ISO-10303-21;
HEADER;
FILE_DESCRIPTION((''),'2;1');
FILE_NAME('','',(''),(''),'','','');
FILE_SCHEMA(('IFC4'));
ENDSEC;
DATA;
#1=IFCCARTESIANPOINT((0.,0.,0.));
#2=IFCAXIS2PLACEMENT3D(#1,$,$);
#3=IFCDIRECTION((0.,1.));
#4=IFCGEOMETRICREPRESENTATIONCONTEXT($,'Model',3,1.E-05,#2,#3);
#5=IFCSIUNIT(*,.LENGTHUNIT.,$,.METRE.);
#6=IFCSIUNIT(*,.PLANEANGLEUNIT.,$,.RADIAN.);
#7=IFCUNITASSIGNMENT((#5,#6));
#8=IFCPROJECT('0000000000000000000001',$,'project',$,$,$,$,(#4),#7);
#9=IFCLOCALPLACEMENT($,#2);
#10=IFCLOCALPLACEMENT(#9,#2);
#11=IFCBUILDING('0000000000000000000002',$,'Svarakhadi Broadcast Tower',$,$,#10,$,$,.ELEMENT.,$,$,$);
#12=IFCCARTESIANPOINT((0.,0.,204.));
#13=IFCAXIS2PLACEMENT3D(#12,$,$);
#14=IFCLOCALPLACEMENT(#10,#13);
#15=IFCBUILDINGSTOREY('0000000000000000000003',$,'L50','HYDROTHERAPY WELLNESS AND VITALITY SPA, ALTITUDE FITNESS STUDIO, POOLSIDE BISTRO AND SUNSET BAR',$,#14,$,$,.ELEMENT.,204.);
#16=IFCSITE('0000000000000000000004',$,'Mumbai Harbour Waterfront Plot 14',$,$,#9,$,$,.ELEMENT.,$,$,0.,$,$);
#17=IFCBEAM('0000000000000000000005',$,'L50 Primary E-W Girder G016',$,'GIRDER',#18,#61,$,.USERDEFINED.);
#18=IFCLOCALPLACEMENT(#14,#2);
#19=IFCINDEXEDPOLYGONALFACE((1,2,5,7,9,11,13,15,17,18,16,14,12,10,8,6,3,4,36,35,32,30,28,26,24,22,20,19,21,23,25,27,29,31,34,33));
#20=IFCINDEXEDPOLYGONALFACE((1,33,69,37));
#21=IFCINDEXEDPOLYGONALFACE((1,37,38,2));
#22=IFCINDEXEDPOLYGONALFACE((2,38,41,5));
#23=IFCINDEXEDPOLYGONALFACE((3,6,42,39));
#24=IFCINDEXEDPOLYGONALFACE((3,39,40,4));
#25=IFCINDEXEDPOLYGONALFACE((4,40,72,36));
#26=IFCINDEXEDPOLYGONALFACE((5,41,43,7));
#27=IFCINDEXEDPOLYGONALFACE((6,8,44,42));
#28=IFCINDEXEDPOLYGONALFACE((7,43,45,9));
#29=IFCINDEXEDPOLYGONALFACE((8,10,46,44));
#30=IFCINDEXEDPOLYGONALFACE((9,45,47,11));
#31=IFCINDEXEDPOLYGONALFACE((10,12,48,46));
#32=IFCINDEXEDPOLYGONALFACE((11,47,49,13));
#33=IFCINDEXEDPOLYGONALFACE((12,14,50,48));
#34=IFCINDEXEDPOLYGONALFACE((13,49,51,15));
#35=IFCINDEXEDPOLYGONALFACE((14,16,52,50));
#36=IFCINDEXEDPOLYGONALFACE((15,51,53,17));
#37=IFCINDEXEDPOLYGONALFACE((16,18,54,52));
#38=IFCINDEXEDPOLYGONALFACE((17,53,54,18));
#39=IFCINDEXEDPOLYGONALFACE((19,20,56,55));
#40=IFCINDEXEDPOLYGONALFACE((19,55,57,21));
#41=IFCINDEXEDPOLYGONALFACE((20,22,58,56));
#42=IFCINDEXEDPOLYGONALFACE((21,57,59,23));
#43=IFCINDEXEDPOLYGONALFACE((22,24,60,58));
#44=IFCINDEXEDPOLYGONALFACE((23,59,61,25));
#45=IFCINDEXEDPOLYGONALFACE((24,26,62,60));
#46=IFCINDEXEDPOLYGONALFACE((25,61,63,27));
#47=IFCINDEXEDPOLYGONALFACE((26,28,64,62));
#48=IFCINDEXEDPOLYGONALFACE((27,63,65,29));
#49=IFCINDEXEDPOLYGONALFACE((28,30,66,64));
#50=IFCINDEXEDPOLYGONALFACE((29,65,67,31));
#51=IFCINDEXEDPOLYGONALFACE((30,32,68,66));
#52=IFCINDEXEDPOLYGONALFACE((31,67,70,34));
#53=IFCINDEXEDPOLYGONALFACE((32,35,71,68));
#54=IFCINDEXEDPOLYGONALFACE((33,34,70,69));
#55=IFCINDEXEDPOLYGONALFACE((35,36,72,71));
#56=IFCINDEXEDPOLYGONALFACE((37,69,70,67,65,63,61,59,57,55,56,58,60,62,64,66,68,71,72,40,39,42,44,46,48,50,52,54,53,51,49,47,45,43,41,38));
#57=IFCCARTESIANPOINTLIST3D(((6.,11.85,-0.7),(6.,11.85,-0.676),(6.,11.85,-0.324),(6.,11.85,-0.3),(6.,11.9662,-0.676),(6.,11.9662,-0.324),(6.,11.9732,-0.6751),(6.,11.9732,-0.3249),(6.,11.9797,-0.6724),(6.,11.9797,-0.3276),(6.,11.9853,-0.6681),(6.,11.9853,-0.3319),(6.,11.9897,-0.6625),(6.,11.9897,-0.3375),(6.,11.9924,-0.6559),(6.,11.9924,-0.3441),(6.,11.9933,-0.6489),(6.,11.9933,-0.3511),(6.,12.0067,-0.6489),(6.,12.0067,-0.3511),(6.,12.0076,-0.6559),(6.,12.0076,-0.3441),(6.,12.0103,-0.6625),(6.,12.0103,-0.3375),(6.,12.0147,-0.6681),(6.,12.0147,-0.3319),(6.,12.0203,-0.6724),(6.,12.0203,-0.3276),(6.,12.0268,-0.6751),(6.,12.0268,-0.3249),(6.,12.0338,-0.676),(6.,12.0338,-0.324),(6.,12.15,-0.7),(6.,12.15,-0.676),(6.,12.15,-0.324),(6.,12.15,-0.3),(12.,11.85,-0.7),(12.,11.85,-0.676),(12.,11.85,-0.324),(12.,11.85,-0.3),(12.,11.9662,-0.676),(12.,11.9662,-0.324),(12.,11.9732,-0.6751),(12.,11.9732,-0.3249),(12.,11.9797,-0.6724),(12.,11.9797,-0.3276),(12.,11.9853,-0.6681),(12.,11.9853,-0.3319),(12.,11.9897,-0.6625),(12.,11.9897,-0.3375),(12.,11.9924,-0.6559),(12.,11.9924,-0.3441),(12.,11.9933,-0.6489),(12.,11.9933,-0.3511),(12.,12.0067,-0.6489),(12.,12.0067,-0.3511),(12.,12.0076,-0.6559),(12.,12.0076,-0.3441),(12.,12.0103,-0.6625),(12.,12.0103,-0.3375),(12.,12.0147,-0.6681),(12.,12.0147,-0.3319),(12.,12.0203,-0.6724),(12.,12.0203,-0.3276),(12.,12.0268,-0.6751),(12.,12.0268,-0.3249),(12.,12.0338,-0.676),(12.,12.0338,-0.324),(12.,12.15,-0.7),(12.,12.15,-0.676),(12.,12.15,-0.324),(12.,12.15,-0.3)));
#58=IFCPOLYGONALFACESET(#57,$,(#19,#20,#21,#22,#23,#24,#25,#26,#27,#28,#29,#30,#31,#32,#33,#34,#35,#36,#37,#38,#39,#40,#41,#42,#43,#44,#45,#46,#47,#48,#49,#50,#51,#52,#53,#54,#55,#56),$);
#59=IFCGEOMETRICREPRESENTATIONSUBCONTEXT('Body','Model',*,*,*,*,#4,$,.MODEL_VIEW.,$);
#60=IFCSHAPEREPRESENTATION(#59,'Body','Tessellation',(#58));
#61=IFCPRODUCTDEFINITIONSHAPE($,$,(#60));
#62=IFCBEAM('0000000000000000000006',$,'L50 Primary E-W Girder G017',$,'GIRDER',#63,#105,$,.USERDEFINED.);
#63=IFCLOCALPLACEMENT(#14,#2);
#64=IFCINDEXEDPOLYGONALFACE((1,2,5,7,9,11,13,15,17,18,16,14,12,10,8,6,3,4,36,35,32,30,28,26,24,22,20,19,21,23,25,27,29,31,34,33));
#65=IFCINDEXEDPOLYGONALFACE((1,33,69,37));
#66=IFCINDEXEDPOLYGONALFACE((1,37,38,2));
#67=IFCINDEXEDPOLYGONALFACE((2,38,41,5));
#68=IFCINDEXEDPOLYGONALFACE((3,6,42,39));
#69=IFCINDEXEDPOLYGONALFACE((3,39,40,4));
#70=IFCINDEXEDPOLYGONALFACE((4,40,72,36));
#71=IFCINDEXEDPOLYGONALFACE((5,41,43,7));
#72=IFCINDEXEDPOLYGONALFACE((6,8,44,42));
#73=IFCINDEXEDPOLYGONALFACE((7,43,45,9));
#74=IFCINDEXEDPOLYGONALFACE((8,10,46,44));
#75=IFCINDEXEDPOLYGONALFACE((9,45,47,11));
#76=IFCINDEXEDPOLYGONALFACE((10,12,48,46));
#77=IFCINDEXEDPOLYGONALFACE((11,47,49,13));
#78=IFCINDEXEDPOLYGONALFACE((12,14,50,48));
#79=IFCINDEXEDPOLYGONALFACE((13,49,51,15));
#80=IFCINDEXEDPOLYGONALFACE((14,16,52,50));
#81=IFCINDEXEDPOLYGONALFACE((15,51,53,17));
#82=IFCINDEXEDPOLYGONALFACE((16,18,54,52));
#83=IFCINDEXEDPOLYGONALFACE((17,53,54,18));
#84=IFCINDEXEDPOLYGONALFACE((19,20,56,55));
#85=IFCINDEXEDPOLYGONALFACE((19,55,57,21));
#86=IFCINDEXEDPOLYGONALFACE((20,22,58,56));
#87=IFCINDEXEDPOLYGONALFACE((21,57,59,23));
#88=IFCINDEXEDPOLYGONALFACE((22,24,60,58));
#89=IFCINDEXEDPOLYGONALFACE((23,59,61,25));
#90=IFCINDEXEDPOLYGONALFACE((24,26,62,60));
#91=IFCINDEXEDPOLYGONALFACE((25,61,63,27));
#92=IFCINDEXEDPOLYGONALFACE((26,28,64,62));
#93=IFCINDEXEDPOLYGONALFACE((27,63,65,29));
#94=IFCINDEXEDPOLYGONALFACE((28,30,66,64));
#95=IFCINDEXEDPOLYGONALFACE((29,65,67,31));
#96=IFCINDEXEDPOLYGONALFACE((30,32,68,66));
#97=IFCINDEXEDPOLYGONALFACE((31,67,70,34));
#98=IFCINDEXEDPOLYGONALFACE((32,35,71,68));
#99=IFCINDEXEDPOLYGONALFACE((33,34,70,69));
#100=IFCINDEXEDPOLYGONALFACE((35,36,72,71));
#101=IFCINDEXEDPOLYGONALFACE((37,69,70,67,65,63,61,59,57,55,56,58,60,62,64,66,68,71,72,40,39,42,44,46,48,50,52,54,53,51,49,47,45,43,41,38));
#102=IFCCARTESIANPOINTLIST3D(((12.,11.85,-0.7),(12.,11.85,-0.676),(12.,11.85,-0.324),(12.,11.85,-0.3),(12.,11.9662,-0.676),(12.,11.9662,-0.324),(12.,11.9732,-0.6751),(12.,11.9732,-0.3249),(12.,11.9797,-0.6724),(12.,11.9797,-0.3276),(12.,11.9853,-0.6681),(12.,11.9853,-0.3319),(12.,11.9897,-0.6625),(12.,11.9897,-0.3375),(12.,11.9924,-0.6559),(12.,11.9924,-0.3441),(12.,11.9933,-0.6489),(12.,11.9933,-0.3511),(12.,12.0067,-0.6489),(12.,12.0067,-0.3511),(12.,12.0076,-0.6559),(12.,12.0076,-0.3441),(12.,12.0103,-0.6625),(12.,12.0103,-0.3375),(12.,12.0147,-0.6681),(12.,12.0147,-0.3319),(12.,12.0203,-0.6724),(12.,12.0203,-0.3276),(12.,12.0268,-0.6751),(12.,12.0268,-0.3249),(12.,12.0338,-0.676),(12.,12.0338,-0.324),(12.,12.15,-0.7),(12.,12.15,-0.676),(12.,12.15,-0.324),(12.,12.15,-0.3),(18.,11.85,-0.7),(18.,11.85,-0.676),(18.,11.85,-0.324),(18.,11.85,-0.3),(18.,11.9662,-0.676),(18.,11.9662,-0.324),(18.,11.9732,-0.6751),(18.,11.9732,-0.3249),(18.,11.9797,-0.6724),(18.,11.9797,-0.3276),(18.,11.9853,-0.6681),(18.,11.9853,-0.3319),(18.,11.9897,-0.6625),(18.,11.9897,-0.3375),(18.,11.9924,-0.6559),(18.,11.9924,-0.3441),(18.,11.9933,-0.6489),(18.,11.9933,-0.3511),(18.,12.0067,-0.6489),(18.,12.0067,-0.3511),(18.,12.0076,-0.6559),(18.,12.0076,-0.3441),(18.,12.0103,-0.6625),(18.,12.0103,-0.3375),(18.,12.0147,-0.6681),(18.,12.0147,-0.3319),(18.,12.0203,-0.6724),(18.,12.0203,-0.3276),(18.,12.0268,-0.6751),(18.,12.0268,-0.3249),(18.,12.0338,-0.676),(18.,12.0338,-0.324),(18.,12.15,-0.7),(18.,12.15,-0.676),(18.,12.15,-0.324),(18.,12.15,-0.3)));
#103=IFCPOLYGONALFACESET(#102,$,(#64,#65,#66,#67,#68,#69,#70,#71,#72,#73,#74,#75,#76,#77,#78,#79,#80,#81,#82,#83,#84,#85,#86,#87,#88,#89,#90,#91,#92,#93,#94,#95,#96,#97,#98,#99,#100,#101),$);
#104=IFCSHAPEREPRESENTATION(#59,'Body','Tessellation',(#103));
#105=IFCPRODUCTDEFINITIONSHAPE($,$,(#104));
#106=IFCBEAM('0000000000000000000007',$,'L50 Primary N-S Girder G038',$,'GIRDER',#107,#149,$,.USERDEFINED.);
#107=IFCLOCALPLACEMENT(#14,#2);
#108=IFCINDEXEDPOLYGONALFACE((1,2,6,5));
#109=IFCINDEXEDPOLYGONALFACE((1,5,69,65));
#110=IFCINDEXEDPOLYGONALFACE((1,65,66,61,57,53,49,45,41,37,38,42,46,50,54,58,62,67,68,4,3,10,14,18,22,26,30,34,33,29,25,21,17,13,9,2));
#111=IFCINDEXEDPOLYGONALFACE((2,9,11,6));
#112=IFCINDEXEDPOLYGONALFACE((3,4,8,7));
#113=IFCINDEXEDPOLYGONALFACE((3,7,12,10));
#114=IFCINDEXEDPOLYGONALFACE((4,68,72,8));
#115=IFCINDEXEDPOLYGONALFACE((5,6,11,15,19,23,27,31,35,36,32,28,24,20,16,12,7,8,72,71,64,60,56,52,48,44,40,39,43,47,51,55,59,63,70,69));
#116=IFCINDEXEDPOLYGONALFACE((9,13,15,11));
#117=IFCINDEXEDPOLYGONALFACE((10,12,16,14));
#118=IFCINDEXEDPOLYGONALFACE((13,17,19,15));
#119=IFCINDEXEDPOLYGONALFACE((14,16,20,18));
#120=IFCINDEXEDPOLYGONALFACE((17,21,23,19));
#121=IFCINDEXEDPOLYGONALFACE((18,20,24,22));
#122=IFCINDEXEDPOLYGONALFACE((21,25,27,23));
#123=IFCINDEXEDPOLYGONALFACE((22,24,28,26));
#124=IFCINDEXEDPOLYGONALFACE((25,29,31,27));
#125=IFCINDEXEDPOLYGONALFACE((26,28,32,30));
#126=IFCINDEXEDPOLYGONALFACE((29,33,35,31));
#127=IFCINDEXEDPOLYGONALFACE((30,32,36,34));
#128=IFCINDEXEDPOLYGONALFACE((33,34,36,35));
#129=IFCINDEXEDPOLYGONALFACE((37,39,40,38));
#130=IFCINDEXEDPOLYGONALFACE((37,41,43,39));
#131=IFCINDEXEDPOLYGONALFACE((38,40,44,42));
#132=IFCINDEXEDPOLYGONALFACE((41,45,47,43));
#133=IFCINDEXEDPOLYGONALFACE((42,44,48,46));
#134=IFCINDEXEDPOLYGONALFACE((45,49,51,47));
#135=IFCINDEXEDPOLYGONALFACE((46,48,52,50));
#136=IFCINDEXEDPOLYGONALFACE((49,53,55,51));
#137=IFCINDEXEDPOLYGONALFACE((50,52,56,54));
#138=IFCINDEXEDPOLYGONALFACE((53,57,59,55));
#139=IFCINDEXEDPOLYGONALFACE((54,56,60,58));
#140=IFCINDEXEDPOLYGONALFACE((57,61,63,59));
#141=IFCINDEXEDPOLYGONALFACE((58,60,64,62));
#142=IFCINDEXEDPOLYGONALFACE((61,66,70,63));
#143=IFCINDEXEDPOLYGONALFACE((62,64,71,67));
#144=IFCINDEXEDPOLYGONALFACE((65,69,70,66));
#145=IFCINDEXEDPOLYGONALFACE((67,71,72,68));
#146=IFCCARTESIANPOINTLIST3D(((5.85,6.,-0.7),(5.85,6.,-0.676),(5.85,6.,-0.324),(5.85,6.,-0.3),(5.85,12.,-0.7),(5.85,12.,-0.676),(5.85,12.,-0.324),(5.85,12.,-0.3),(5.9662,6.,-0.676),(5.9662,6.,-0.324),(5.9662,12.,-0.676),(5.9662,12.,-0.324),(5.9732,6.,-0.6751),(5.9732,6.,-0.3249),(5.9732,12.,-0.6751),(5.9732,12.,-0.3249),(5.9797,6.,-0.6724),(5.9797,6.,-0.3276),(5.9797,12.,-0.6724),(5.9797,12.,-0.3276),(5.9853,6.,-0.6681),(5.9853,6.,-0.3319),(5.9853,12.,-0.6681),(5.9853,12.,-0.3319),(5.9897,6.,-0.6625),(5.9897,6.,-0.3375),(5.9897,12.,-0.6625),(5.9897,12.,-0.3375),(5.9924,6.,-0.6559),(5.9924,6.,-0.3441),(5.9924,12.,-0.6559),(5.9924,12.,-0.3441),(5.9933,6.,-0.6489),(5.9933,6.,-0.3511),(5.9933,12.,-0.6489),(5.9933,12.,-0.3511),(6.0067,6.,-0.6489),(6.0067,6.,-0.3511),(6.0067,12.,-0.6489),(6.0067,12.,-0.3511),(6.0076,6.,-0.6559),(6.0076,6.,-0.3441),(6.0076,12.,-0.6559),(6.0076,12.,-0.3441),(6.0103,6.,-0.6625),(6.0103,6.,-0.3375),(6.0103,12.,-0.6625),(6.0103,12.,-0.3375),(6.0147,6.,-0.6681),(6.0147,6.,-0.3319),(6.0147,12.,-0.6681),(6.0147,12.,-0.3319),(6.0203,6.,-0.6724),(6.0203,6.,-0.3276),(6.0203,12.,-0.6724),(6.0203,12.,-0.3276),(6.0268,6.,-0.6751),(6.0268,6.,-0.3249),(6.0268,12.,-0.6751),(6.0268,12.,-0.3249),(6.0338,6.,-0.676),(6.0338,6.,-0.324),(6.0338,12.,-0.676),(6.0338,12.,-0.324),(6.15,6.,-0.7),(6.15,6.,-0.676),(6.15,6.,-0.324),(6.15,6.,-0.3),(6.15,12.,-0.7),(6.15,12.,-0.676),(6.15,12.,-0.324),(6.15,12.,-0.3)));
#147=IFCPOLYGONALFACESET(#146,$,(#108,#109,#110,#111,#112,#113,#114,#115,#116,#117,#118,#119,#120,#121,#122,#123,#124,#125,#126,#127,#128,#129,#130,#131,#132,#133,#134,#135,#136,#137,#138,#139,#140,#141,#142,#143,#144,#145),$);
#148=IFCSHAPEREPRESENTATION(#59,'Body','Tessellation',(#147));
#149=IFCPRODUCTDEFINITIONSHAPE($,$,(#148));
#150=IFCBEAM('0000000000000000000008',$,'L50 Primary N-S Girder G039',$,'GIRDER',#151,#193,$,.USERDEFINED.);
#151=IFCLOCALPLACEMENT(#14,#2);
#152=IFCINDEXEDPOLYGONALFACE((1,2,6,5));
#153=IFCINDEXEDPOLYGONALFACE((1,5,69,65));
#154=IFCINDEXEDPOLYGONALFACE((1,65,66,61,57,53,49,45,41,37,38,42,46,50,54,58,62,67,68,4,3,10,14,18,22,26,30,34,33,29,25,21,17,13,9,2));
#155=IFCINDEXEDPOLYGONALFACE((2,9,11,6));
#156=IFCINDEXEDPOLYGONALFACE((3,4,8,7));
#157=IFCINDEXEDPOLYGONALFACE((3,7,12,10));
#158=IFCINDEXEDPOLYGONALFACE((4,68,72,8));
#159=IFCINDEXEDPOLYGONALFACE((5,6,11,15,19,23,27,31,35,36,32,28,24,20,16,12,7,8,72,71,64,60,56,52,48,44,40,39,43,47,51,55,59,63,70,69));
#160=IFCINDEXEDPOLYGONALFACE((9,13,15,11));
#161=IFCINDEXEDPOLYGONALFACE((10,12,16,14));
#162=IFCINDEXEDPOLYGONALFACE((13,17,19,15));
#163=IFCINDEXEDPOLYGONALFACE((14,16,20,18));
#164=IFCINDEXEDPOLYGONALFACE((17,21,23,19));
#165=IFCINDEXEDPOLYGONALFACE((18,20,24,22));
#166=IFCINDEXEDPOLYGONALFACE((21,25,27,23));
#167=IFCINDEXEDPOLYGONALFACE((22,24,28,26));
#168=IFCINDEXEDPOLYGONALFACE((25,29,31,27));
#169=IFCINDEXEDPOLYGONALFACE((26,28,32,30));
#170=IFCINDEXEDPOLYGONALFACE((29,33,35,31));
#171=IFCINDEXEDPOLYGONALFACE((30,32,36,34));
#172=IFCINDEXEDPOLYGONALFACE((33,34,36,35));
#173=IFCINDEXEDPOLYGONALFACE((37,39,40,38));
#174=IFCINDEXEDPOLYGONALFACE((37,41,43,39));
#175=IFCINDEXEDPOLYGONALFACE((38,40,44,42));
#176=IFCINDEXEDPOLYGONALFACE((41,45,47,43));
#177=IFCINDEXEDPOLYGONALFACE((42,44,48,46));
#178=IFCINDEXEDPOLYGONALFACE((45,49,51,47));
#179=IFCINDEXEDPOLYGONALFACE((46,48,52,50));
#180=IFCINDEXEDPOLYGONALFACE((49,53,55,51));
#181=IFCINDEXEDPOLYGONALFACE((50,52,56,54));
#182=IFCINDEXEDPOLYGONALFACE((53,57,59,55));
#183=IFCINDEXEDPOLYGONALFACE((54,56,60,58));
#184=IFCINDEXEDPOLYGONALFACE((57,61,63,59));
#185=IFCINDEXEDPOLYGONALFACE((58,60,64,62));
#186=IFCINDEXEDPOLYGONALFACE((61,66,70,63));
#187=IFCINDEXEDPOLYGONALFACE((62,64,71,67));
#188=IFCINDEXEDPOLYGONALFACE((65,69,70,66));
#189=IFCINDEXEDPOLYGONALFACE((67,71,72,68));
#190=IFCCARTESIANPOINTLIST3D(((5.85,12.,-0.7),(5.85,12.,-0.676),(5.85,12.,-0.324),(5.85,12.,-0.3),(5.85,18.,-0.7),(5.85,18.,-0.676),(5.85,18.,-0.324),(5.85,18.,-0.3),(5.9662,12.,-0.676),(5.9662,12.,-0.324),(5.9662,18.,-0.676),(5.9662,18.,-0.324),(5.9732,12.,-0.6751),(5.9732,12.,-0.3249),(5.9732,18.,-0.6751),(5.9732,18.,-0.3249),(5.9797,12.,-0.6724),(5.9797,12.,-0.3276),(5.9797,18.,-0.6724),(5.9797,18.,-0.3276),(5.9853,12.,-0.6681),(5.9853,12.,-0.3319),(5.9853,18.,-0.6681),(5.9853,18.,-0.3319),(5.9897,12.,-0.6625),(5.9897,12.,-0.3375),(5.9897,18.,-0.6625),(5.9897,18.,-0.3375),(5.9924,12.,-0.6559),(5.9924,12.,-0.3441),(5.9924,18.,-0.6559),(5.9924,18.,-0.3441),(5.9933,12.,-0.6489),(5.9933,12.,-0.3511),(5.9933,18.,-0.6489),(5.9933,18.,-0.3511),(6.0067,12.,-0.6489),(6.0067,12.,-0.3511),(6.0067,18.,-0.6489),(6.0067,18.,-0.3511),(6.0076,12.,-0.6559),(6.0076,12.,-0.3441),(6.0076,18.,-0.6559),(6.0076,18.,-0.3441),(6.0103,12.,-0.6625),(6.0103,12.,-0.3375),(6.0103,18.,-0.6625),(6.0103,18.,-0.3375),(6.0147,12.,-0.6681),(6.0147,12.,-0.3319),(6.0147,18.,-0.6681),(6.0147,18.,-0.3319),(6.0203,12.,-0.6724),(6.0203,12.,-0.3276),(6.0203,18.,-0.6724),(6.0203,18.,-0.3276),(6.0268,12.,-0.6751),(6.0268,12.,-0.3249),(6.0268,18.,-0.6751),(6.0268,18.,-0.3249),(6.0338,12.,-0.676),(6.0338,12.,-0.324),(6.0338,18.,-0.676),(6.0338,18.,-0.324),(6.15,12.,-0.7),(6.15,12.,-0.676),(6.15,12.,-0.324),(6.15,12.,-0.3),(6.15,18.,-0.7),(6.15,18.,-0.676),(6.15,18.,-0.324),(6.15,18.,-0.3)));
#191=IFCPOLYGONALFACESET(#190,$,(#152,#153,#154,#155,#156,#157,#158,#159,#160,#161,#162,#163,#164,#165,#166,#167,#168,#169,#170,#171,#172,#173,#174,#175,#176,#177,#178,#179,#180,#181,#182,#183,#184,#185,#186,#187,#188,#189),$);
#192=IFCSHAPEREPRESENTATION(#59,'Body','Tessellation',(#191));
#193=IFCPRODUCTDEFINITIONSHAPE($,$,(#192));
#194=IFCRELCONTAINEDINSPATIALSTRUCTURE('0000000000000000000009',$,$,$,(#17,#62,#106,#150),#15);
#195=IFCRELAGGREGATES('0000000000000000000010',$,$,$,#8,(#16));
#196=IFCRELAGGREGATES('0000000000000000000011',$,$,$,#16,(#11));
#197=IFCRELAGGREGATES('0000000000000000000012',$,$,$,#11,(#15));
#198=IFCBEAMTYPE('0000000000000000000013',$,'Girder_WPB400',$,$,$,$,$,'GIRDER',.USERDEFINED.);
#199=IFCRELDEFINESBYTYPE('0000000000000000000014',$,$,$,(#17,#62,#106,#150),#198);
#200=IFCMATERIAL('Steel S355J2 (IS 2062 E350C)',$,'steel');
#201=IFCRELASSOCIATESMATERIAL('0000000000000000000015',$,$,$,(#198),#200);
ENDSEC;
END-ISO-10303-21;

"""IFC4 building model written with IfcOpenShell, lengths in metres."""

from ifc_helpers import new_model, si_unit, direction, frame, origin, origin_2d, place, context, subcontext, project, spatial, i_section, extrude, material, material_profile, profile_set, type_object, element, save


model = new_model("IFC4")

# Units and contexts
model_context = context("Model", 3, precision=1e-05, world=origin(), true_north=direction((0.0, 1.0)))
body_context = subcontext(model_context, "Body", "Model", "MODEL_VIEW")
ifc_project = project(units=[si_unit("LENGTHUNIT", "METRE"), si_unit("PLANEANGLEUNIT", "RADIAN")], contexts=[model_context])

# Site, building, storey
site_placement = place(None, origin())
site = spatial("IfcSite", under=ifc_project, at=site_placement, Name="Mumbai Harbour Waterfront Plot 14", CompositionType="ELEMENT", RefElevation=0.0)
building_placement = place(site_placement, origin())
building = spatial("IfcBuilding", under=site, at=building_placement, Name="Svarakhadi Broadcast Tower", CompositionType="ELEMENT")
storey_placement = place(building_placement, frame((0.0, 0.0, 204.0)))
storey = spatial("IfcBuildingStorey", under=building, at=storey_placement, Name="L50", Description="HYDROTHERAPY WELLNESS AND VITALITY SPA, ALTITUDE FITNESS STUDIO, POOLSIDE BISTRO AND SUNSET BAR", CompositionType="ELEMENT", Elevation=204.0)

# Beams
ifc_material_1 = material(Name="Steel S355J2 (IS 2062 E350C)", Category="steel")
ifc_material_profile_1 = material_profile(ifc_material_1, i_section(OverallWidth=0.3, OverallDepth=0.3999, WebThickness=0.0134, FlangeThickness=0.0239, FilletRadius=0.0271, at=origin_2d()), Name="WPB 400x300x155")
ifc_profile_set_1 = profile_set([ifc_material_profile_1], Name="Steel S355J2 (IS 2062 E350C)")
beam_type_1 = type_object("IfcBeamType", Name="Girder_WPB400", ElementType="GIRDER", PredefinedType="USERDEFINED", material=ifc_profile_set_1)
for number, where, z_axis, x_axis, name in (
    (1, (6.0, 12.0, -0.5), (1.0, 0.0, 0.0), (0.0, 1.0, 0.0), "L50 Primary E-W Girder G016"),
    (2, (12.0, 12.0, -0.5), (1.0, 0.0, 0.0), (0.0, 1.0, 0.0), "L50 Primary E-W Girder G017"),
    (3, (6.0, 6.0, -0.5), (0.0, 1.0, 0.0), (-1.0, 0.0, 0.0), "L50 Primary N-S Girder G038"),
    (4, (6.0, 12.0, -0.5), (0.0, 1.0, 0.0), (-1.0, 0.0, 0.0), "L50 Primary N-S Girder G039"),
):
    element("IfcBeam", number, at=place(storey_placement, frame(where, z_axis=z_axis, x_axis=x_axis)), inside=storey, type_object=beam_type_1, Name=name, ObjectType="GIRDER", PredefinedType="USERDEFINED", context=body_context, shape_type="SweptSolid", body=[
        extrude(i_section(OverallWidth=0.3, OverallDepth=0.3999, WebThickness=0.0134, FlangeThickness=0.0239, FilletRadius=0.0271, at=origin_2d()), origin(), (0.0, 0.0, 1.0), 6.0),
    ])

save(model, "model.ifc")
